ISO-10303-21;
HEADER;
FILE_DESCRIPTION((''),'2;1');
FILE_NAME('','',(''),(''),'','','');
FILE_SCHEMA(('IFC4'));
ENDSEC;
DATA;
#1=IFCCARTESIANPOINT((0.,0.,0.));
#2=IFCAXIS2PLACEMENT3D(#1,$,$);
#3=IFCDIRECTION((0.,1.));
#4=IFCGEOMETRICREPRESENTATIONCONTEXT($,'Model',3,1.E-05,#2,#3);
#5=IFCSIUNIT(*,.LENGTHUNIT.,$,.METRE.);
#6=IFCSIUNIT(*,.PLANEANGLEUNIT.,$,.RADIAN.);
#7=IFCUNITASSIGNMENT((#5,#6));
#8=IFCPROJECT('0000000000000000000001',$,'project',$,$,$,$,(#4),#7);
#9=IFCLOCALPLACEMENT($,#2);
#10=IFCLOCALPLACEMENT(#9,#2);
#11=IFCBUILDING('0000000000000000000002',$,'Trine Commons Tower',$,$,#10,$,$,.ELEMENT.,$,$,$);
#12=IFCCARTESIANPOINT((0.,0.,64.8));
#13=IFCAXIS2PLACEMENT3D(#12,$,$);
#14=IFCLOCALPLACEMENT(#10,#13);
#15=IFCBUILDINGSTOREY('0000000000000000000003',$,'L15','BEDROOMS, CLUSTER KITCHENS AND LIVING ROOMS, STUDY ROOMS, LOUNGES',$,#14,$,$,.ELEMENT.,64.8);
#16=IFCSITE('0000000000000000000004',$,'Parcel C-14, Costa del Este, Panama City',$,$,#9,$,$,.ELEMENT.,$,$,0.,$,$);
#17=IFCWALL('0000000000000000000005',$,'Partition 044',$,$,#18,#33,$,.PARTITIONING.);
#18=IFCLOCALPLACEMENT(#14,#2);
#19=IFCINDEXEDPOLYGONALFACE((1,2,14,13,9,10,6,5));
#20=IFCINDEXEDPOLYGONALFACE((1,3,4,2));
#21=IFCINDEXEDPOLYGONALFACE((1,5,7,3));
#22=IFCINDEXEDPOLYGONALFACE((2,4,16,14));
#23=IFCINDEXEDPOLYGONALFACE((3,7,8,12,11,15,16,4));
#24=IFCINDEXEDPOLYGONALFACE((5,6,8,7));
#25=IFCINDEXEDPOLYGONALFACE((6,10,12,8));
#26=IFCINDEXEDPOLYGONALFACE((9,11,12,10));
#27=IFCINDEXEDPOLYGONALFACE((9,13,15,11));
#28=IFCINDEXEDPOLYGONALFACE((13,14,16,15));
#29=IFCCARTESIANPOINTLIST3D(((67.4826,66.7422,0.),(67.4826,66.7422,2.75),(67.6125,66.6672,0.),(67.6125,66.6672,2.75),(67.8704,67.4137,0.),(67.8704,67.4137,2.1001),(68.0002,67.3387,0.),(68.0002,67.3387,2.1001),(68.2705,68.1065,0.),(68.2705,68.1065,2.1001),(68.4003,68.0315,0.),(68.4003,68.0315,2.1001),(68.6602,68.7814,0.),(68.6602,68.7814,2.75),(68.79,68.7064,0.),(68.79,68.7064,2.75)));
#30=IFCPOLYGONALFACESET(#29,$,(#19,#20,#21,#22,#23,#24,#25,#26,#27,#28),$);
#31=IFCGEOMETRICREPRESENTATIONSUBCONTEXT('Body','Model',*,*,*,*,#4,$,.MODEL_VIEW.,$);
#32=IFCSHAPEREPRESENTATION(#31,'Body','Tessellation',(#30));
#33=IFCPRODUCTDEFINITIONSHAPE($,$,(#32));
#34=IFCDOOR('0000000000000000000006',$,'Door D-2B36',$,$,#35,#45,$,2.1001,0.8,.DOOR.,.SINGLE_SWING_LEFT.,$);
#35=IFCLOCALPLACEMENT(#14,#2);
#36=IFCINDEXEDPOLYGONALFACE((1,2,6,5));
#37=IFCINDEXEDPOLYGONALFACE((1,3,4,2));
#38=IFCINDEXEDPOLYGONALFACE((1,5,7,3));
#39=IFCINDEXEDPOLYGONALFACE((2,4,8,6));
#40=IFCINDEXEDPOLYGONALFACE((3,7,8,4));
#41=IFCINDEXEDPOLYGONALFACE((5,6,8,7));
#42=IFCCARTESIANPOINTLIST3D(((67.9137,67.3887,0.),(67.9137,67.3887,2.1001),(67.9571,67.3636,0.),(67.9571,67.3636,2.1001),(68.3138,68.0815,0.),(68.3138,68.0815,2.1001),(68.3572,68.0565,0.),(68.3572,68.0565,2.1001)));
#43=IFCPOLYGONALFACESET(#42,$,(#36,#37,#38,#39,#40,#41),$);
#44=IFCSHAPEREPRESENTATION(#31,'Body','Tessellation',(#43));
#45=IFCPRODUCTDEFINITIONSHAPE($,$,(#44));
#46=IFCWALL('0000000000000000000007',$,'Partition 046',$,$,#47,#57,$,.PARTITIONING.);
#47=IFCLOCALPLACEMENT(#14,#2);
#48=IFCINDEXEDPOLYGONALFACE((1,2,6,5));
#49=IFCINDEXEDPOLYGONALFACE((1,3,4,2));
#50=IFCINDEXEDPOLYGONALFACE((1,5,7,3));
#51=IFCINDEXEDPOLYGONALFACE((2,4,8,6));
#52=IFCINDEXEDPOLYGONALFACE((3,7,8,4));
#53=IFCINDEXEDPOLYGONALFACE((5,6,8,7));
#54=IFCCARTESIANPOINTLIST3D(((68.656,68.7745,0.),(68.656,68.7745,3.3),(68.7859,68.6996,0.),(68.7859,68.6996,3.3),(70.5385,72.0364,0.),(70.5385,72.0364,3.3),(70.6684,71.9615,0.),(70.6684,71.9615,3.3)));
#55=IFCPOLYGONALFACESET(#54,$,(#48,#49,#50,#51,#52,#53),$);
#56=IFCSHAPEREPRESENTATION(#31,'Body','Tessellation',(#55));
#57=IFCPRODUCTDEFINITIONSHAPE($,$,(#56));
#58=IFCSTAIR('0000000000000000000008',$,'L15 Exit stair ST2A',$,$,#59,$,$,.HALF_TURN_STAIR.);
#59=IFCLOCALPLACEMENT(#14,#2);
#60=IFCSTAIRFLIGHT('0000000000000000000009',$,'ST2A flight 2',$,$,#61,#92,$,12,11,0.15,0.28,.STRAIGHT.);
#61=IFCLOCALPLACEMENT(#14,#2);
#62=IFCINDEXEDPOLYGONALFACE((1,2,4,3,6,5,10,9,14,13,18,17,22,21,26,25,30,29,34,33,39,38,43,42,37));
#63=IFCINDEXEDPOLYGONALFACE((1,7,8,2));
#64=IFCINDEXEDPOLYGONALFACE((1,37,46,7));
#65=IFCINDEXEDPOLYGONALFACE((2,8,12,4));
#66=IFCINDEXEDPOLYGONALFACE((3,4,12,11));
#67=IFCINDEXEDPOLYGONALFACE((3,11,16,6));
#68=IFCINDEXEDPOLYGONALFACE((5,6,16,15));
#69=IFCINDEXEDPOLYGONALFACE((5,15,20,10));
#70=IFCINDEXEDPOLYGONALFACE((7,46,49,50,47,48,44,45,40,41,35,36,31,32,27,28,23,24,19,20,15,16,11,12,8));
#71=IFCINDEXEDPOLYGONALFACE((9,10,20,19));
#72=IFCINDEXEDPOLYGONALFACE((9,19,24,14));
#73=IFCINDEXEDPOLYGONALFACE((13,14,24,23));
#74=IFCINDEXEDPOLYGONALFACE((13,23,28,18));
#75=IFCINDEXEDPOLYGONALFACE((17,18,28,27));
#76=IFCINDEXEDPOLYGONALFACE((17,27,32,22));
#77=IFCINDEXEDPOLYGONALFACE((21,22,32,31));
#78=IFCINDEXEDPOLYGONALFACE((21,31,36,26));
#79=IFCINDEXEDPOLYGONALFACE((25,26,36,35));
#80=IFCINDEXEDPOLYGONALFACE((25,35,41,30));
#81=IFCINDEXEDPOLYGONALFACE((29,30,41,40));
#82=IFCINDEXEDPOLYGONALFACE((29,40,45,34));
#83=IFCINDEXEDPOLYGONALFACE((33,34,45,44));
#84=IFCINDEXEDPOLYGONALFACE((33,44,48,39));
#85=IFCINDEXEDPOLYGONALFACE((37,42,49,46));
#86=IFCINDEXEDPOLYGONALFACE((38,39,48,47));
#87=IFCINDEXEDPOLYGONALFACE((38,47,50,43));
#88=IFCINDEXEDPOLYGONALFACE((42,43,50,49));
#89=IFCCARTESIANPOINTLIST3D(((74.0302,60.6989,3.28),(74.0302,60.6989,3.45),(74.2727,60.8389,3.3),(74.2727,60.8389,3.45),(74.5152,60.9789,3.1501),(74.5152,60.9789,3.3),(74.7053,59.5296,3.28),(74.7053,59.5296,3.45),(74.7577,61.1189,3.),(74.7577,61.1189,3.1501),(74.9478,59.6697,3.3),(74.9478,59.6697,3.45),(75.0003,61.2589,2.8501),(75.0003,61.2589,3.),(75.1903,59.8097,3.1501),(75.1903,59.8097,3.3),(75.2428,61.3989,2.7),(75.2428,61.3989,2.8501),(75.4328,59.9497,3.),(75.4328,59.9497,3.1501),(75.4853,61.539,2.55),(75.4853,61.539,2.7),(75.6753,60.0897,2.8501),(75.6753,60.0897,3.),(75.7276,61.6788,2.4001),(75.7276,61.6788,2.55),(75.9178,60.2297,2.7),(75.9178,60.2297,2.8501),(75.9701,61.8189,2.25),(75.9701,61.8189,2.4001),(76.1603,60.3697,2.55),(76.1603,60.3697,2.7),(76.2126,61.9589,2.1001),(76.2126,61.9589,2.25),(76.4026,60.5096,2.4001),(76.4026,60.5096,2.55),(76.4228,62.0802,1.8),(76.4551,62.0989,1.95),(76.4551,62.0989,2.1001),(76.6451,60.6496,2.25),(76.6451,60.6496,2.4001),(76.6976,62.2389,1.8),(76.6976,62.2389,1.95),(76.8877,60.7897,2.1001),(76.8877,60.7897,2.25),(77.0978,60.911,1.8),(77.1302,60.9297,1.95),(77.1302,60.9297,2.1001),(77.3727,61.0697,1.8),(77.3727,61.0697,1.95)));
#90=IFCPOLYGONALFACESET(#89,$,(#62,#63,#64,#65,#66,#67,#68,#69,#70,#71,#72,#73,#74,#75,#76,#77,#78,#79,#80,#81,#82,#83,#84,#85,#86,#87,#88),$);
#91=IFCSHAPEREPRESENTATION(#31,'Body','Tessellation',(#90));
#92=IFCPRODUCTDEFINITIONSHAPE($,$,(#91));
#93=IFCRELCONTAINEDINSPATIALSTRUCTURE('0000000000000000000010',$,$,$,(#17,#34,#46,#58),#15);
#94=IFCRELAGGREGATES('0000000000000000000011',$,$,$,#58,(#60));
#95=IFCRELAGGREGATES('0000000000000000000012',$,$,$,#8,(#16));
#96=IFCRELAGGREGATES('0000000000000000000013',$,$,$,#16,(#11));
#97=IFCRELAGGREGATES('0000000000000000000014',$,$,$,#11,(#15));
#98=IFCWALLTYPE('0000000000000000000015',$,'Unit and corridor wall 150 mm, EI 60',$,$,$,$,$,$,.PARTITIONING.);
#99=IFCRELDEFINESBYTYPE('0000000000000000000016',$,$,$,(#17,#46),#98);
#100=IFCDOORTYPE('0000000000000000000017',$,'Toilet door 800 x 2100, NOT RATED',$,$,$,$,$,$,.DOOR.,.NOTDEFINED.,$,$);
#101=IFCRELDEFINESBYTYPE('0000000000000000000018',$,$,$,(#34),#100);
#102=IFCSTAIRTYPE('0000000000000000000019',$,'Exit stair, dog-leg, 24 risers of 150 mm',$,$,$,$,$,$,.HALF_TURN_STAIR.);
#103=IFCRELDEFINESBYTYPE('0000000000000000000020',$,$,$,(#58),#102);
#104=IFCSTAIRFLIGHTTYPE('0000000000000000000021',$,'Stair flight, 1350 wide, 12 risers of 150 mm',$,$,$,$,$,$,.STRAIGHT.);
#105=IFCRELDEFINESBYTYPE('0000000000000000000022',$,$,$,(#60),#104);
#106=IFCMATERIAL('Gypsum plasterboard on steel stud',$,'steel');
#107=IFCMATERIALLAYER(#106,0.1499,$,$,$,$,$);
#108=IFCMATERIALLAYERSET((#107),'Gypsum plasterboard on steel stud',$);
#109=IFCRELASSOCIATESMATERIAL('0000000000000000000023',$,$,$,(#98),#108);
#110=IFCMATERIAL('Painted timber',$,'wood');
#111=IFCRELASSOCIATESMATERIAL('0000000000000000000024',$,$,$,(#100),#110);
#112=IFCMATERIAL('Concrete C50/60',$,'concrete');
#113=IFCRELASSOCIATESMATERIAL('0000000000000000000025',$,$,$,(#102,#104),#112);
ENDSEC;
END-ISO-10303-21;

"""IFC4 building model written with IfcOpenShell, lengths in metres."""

from ifc_helpers import new_model, si_unit, direction, frame, frame_2d, origin, place, context, subcontext, project, spatial, polyline, rectangle, outline, extrude, material, layer, layer_set, type_object, element, fill, aggregate, save


model = new_model("IFC4")

# Units and contexts
model_context = context("Model", 3, precision=1e-05, world=origin(), true_north=direction((0.0, 1.0)))
body_context = subcontext(model_context, "Body", "Model", "MODEL_VIEW")
ifc_project = project(units=[si_unit("LENGTHUNIT", "METRE"), si_unit("PLANEANGLEUNIT", "RADIAN")], contexts=[model_context])

# Site, building, storey
site_placement = place(None, origin())
site = spatial("IfcSite", under=ifc_project, at=site_placement, Name="Parcel C-14, Costa del Este, Panama City", CompositionType="ELEMENT", RefElevation=0.0)
building_placement = place(site_placement, origin())
building = spatial("IfcBuilding", under=site, at=building_placement, Name="Trine Commons Tower", CompositionType="ELEMENT")
storey_placement = place(building_placement, frame((0.0, 0.0, 64.8)))
storey = spatial("IfcBuildingStorey", under=building, at=storey_placement, Name="L15", Description="BEDROOMS, CLUSTER KITCHENS AND LIVING ROOMS, STUDY ROOMS, LOUNGES", CompositionType="ELEMENT", Elevation=64.8)

# Shared definitions
ifc_material_1 = material(Name="Concrete C50/60", Category="concrete")

# Shared definitions
ifc_material_2 = material(Name="Gypsum plasterboard on steel stud", Category="steel")
ifc_layer_1 = layer(ifc_material_2, 0.1499)
ifc_layer_set_1 = layer_set([ifc_layer_1], Name="Gypsum plasterboard on steel stud")
wall_type_1 = type_object("IfcWallType", Name="Unit and corridor wall 150 mm, EI 60", PredefinedType="PARTITIONING", material=ifc_layer_set_1)

# Wall, opening, door
wall_1_placement = place(storey_placement, frame((67.5476, 66.7048, 0.0), z_axis=(0.0, 0.0, 1.0), x_axis=(0.500075, 0.865982, 0.0)))
wall_1 = element("IfcWall", 1, at=wall_1_placement, inside=storey, type_object=wall_type_1, Name="Partition 044", PredefinedType="PARTITIONING", context=body_context, shape_type="SweptSolid", body=[
    extrude(rectangle(XDim=2.3547, YDim=0.1499, at=frame_2d((1.1772, 0.0))), origin(), (0.0, 0.0, 1.0), 2.75),
])
opening_1_placement = place(wall_1_placement, frame((0.7754, 0.0, 0.0)))
opening_1 = element("IfcOpeningElement", 2, at=opening_1_placement, cuts=wall_1, PredefinedType="OPENING", context=body_context, shape_type="SweptSolid", body=[
    extrude(rectangle(XDim=0.8, YDim=2.1001, at=frame_2d((0.3999, 1.05))), frame((0.0, 0.085, 0.0), z_axis=(0.0, -1.0, 0.0), x_axis=(1.0, 0.0, 0.0)), (0.0, 0.0, 1.0), 0.1699),
])
ifc_material_3 = material(Name="Painted timber", Category="wood")
door_type_1 = type_object("IfcDoorType", Name="Toilet door 800 x 2100, NOT RATED", OperationType="NOTDEFINED", PredefinedType="DOOR", material=ifc_material_3)
door_1_placement = place(opening_1_placement, origin())
door_1 = element("IfcDoor", 3, at=door_1_placement, inside=storey, type_object=door_type_1, Name="Door D-2B36", OperationType="SINGLE_SWING_LEFT", OverallHeight=2.1001, OverallWidth=0.8, PredefinedType="DOOR", context=body_context, shape_type="SweptSolid", body=[
    extrude(rectangle(XDim=0.8, YDim=2.1001, at=frame_2d((0.3999, 1.05))), frame((0.0, 0.0249, 0.0), z_axis=(0.0, -1.0, 0.0), x_axis=(1.0, 0.0, 0.0)), (0.0, 0.0, 1.0), 0.05),
])
fill(opening_1, door_1)

# Wall
wall_2_placement = place(storey_placement, frame((68.7209, 68.7371, 0.0), z_axis=(0.0, 0.0, 1.0), x_axis=(0.499855, 0.866109, 0.0)))
element("IfcWall", 4, at=wall_2_placement, inside=storey, type_object=wall_type_1, Name="Partition 046", PredefinedType="PARTITIONING", context=body_context, shape_type="SweptSolid", body=[
    extrude(rectangle(XDim=3.7661, YDim=0.1499, at=frame_2d((1.8831, 0.0))), origin(), (0.0, 0.0, 1.0), 3.3),
])

# Stair, stair flight
stair_type = type_object("IfcStairType", Name="Exit stair, dog-leg, 24 risers of 150 mm", PredefinedType="HALF_TURN_STAIR", material=ifc_material_1)
stair_placement = place(storey_placement, origin())
stair = element("IfcStair", 5, at=stair_placement, inside=storey, type_object=stair_type, Name="L15 Exit stair ST2A", PredefinedType="HALF_TURN_STAIR")
stair_flight_type = type_object("IfcStairFlightType", Name="Stair flight, 1350 wide, 12 risers of 150 mm", PredefinedType="STRAIGHT", material=ifc_material_1)
stair_flight_placement = place(storey_placement, frame((77.0352, 61.6543, 1.8), z_axis=(0.0, 0.0, 1.0), x_axis=(-0.866025, -0.5, 0.0)))
stair_flight = element("IfcStairFlight", 6, at=stair_flight_placement, type_object=stair_flight_type, Name="ST2A flight 2", NumberOfRisers=12, NumberOfTreads=11, PredefinedType="STRAIGHT", RiserHeight=0.15, TreadLength=0.28, context=body_context, shape_type="SweptSolid", body=[
    extrude(outline(polyline([(0.0, 0.0), (0.0, 0.1499), (0.28, 0.1499), (0.28, 0.3), (0.5601, 0.3), (0.5601, 0.45), (0.8401, 0.45), (0.8401, 0.6001), (1.1201, 0.6001), (1.1201, 0.75), (1.3999, 0.75), (1.3999, 0.8999), (1.6799, 0.8999), (1.6799, 1.05), (1.96, 1.05), (1.96, 1.2), (2.24, 1.2), (2.24, 1.3501), (2.52, 1.3501), (2.52, 1.5), (2.8, 1.5), (2.8, 1.6499), (3.0801, 1.6499), (3.0801, 1.8), (3.0801, 1.48), (0.3174, 0.0), (0.0, 0.0)])), frame((0.0, 0.675, 0.0), z_axis=(0.0, -1.0, 0.0), x_axis=(1.0, 0.0, 0.0)), (0.0, 0.0, 1.0), 1.3501),
])
aggregate(stair, [stair_flight])

save(model, "model.ifc")
